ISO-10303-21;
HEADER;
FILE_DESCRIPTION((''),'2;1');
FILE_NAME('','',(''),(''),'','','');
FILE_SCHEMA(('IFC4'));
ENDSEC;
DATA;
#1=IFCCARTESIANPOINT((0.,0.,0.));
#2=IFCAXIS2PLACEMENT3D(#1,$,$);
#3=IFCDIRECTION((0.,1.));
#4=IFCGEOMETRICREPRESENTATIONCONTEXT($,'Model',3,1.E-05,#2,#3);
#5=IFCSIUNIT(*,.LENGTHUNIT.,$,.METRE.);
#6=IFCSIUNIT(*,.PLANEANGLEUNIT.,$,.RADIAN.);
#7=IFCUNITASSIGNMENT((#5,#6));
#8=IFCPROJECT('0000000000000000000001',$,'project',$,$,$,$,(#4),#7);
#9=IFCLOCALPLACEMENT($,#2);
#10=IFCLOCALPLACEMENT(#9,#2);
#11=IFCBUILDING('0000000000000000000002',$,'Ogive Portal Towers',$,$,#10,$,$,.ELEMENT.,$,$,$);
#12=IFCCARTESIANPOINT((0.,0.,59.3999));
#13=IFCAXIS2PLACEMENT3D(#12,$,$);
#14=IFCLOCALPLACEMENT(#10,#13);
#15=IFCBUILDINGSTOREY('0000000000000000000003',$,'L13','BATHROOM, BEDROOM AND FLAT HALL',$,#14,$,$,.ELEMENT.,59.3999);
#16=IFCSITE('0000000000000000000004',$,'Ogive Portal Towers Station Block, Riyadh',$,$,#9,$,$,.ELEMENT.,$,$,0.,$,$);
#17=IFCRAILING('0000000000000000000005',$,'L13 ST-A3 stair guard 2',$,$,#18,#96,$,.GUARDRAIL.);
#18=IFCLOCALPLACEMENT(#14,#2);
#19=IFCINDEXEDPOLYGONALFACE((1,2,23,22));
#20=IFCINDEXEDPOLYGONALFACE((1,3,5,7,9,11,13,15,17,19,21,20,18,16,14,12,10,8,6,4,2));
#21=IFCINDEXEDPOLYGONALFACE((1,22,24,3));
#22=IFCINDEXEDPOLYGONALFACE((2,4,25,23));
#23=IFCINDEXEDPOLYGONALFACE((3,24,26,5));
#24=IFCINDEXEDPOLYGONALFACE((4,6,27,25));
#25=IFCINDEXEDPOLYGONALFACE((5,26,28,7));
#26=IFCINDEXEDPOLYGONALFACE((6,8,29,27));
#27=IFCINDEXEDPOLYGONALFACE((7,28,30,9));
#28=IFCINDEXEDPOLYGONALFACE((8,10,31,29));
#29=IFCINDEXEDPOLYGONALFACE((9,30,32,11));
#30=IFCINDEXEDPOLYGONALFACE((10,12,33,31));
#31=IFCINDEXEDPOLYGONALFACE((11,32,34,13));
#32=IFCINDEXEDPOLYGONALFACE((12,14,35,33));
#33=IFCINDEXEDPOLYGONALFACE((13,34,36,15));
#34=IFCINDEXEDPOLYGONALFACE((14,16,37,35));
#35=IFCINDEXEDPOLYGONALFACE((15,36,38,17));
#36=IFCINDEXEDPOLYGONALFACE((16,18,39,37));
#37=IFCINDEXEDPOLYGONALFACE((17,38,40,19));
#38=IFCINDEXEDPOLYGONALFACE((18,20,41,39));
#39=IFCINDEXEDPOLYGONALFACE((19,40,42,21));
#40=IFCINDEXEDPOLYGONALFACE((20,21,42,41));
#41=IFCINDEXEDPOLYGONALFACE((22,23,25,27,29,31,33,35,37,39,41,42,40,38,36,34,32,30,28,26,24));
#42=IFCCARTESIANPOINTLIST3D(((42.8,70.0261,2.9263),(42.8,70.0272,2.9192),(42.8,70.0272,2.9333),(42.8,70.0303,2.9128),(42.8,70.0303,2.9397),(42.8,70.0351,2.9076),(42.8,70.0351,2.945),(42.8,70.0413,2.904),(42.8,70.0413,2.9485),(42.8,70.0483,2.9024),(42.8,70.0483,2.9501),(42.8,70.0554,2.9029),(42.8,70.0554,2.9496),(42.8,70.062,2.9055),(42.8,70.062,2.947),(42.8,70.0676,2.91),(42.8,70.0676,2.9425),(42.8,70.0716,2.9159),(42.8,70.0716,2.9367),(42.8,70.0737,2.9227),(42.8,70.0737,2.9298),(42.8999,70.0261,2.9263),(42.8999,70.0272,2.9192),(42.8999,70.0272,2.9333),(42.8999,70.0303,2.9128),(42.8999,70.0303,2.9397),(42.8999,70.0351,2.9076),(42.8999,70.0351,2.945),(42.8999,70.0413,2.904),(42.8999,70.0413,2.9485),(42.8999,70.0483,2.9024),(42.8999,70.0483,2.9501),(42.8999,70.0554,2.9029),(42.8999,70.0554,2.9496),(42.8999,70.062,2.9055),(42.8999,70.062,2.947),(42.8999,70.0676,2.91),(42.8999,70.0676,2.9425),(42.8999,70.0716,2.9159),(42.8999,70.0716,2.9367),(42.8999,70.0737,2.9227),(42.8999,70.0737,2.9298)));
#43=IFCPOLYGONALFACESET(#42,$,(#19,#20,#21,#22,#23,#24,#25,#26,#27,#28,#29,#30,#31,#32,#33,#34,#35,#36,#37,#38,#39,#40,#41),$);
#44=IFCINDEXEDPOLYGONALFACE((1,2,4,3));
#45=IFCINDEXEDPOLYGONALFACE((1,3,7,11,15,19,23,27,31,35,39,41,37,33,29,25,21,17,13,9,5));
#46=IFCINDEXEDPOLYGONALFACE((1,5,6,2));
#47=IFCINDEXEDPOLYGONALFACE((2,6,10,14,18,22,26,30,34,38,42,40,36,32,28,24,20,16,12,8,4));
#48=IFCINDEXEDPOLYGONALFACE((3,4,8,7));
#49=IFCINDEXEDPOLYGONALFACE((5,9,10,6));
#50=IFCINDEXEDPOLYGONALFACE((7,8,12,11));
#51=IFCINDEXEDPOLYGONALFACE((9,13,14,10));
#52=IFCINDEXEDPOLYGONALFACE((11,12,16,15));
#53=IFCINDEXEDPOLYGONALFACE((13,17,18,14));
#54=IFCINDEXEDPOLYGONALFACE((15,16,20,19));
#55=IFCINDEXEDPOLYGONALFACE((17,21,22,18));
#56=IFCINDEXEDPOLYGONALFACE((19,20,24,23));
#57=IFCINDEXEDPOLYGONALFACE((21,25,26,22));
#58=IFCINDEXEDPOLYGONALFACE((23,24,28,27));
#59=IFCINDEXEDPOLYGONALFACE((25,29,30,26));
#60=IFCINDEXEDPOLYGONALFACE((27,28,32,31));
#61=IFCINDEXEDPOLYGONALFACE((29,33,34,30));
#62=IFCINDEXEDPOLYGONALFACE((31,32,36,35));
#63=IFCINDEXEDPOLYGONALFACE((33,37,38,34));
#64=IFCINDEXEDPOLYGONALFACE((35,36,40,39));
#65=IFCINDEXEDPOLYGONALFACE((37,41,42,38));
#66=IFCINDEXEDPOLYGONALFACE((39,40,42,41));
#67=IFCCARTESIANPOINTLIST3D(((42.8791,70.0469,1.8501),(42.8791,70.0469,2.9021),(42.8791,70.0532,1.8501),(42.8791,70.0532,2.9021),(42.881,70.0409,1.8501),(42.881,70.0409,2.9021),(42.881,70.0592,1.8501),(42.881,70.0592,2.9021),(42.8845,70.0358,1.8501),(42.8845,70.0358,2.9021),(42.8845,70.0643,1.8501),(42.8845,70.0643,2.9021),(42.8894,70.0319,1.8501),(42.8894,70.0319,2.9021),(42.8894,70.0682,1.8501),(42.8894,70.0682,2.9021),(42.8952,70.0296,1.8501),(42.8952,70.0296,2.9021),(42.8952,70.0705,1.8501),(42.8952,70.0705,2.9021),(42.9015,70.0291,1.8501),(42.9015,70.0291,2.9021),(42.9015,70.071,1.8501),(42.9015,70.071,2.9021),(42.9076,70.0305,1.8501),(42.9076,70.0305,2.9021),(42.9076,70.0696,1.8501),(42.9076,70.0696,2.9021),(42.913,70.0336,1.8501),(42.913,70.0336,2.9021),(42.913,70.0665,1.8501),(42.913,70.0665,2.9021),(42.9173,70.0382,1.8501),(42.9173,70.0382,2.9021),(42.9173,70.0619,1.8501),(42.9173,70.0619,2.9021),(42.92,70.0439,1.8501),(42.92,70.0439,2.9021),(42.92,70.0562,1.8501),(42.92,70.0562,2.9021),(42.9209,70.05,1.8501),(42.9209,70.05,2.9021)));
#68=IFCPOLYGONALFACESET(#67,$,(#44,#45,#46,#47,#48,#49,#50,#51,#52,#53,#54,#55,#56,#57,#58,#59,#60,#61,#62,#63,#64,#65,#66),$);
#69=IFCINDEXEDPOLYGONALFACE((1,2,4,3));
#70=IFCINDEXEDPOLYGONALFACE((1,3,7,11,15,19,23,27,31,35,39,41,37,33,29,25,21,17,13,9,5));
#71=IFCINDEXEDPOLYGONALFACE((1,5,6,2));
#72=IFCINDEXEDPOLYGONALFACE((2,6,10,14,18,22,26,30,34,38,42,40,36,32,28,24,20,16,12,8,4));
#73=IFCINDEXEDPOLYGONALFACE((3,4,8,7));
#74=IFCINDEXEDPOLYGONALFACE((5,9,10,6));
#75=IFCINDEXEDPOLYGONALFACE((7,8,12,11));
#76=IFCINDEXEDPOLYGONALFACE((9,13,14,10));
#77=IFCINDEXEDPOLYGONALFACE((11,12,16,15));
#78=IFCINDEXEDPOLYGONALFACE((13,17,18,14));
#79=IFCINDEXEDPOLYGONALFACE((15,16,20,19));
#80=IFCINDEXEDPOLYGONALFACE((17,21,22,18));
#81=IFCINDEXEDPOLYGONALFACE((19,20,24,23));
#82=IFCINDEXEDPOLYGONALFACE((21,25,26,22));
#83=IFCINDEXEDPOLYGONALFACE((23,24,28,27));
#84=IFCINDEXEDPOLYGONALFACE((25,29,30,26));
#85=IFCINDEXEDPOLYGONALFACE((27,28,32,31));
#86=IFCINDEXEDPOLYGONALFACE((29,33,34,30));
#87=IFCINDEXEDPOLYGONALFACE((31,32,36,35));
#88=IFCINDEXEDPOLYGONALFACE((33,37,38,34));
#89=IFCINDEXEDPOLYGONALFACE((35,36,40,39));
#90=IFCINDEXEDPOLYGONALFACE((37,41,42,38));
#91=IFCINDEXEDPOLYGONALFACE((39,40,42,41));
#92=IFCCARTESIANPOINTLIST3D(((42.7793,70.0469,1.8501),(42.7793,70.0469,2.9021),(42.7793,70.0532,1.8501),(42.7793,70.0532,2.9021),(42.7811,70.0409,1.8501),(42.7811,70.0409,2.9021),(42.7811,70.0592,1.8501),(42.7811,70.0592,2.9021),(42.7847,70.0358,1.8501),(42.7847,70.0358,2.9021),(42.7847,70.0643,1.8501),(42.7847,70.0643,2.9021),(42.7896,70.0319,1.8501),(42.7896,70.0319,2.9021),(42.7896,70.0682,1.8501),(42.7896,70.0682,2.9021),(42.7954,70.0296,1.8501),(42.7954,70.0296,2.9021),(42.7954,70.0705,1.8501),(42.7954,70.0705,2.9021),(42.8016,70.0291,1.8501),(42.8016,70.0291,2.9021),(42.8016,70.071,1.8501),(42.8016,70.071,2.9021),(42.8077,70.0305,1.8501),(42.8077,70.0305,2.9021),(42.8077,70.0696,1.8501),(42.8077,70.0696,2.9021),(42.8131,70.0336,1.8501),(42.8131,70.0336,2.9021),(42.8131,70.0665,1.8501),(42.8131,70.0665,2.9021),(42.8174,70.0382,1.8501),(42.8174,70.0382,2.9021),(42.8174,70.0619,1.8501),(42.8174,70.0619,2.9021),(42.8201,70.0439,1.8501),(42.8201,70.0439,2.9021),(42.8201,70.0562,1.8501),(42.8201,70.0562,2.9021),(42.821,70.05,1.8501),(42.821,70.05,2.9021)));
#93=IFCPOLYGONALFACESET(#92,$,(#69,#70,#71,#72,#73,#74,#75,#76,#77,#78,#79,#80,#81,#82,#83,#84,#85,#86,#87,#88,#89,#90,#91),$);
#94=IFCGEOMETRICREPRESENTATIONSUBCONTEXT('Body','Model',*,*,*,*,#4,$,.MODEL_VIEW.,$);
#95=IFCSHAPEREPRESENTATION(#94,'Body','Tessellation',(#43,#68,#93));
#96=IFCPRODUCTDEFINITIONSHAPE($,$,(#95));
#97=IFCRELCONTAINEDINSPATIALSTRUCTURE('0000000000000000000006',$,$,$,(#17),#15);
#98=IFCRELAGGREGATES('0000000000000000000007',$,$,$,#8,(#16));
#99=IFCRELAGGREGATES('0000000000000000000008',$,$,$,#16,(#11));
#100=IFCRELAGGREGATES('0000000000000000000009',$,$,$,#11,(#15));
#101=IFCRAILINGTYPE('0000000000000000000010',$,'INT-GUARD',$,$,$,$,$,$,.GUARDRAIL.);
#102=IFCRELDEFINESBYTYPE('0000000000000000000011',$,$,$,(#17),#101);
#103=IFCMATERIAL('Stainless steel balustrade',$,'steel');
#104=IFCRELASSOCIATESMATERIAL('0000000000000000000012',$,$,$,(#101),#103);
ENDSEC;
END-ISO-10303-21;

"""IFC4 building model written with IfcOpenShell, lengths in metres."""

from ifc_helpers import new_model, si_unit, direction, frame, origin, origin_2d, place, context, subcontext, project, spatial, circle, extrude, material, type_object, element, save


model = new_model("IFC4")

# Units and contexts
model_context = context("Model", 3, precision=1e-05, world=origin(), true_north=direction((0.0, 1.0)))
body_context = subcontext(model_context, "Body", "Model", "MODEL_VIEW")
ifc_project = project(units=[si_unit("LENGTHUNIT", "METRE"), si_unit("PLANEANGLEUNIT", "RADIAN")], contexts=[model_context])

# Site, building, storey
site_placement = place(None, origin())
site = spatial("IfcSite", under=ifc_project, at=site_placement, Name="Ogive Portal Towers Station Block, Riyadh", CompositionType="ELEMENT", RefElevation=0.0)
building_placement = place(site_placement, origin())
building = spatial("IfcBuilding", under=site, at=building_placement, Name="Ogive Portal Towers", CompositionType="ELEMENT")
storey_placement = place(building_placement, frame((0.0, 0.0, 59.3999)))
storey = spatial("IfcBuildingStorey", under=building, at=storey_placement, Name="L13", Description="BATHROOM, BEDROOM AND FLAT HALL", CompositionType="ELEMENT", Elevation=59.3999)

# Railing
ifc_material_1 = material(Name="Stainless steel balustrade", Category="steel")
railing_type_1 = type_object("IfcRailingType", Name="INT-GUARD", PredefinedType="GUARDRAIL", material=ifc_material_1)
railing_1_placement = place(storey_placement, frame((42.8999, 70.05, 1.8501)))
element("IfcRailing", 1, at=railing_1_placement, inside=storey, type_object=railing_type_1, Name="L13 ST-A3 stair guard 2", PredefinedType="GUARDRAIL", context=body_context, shape_type="SweptSolid", body=[
    extrude(circle(Radius=0.0239, at=origin_2d()), frame((0.0, 0.0, 1.0762), z_axis=(-1.0, 0.0, 0.0), x_axis=(0.0, -1.0, 0.0)), (0.0, 0.0, 1.0), 0.0999),
    extrude(circle(Radius=0.021, at=origin_2d()), origin(), (0.0, 0.0, 1.0), 1.052),
    extrude(circle(Radius=0.021, at=origin_2d()), frame((-0.0999, 0.0, 0.0)), (0.0, 0.0, 1.0), 1.052),
])

save(model, "model.ifc")
